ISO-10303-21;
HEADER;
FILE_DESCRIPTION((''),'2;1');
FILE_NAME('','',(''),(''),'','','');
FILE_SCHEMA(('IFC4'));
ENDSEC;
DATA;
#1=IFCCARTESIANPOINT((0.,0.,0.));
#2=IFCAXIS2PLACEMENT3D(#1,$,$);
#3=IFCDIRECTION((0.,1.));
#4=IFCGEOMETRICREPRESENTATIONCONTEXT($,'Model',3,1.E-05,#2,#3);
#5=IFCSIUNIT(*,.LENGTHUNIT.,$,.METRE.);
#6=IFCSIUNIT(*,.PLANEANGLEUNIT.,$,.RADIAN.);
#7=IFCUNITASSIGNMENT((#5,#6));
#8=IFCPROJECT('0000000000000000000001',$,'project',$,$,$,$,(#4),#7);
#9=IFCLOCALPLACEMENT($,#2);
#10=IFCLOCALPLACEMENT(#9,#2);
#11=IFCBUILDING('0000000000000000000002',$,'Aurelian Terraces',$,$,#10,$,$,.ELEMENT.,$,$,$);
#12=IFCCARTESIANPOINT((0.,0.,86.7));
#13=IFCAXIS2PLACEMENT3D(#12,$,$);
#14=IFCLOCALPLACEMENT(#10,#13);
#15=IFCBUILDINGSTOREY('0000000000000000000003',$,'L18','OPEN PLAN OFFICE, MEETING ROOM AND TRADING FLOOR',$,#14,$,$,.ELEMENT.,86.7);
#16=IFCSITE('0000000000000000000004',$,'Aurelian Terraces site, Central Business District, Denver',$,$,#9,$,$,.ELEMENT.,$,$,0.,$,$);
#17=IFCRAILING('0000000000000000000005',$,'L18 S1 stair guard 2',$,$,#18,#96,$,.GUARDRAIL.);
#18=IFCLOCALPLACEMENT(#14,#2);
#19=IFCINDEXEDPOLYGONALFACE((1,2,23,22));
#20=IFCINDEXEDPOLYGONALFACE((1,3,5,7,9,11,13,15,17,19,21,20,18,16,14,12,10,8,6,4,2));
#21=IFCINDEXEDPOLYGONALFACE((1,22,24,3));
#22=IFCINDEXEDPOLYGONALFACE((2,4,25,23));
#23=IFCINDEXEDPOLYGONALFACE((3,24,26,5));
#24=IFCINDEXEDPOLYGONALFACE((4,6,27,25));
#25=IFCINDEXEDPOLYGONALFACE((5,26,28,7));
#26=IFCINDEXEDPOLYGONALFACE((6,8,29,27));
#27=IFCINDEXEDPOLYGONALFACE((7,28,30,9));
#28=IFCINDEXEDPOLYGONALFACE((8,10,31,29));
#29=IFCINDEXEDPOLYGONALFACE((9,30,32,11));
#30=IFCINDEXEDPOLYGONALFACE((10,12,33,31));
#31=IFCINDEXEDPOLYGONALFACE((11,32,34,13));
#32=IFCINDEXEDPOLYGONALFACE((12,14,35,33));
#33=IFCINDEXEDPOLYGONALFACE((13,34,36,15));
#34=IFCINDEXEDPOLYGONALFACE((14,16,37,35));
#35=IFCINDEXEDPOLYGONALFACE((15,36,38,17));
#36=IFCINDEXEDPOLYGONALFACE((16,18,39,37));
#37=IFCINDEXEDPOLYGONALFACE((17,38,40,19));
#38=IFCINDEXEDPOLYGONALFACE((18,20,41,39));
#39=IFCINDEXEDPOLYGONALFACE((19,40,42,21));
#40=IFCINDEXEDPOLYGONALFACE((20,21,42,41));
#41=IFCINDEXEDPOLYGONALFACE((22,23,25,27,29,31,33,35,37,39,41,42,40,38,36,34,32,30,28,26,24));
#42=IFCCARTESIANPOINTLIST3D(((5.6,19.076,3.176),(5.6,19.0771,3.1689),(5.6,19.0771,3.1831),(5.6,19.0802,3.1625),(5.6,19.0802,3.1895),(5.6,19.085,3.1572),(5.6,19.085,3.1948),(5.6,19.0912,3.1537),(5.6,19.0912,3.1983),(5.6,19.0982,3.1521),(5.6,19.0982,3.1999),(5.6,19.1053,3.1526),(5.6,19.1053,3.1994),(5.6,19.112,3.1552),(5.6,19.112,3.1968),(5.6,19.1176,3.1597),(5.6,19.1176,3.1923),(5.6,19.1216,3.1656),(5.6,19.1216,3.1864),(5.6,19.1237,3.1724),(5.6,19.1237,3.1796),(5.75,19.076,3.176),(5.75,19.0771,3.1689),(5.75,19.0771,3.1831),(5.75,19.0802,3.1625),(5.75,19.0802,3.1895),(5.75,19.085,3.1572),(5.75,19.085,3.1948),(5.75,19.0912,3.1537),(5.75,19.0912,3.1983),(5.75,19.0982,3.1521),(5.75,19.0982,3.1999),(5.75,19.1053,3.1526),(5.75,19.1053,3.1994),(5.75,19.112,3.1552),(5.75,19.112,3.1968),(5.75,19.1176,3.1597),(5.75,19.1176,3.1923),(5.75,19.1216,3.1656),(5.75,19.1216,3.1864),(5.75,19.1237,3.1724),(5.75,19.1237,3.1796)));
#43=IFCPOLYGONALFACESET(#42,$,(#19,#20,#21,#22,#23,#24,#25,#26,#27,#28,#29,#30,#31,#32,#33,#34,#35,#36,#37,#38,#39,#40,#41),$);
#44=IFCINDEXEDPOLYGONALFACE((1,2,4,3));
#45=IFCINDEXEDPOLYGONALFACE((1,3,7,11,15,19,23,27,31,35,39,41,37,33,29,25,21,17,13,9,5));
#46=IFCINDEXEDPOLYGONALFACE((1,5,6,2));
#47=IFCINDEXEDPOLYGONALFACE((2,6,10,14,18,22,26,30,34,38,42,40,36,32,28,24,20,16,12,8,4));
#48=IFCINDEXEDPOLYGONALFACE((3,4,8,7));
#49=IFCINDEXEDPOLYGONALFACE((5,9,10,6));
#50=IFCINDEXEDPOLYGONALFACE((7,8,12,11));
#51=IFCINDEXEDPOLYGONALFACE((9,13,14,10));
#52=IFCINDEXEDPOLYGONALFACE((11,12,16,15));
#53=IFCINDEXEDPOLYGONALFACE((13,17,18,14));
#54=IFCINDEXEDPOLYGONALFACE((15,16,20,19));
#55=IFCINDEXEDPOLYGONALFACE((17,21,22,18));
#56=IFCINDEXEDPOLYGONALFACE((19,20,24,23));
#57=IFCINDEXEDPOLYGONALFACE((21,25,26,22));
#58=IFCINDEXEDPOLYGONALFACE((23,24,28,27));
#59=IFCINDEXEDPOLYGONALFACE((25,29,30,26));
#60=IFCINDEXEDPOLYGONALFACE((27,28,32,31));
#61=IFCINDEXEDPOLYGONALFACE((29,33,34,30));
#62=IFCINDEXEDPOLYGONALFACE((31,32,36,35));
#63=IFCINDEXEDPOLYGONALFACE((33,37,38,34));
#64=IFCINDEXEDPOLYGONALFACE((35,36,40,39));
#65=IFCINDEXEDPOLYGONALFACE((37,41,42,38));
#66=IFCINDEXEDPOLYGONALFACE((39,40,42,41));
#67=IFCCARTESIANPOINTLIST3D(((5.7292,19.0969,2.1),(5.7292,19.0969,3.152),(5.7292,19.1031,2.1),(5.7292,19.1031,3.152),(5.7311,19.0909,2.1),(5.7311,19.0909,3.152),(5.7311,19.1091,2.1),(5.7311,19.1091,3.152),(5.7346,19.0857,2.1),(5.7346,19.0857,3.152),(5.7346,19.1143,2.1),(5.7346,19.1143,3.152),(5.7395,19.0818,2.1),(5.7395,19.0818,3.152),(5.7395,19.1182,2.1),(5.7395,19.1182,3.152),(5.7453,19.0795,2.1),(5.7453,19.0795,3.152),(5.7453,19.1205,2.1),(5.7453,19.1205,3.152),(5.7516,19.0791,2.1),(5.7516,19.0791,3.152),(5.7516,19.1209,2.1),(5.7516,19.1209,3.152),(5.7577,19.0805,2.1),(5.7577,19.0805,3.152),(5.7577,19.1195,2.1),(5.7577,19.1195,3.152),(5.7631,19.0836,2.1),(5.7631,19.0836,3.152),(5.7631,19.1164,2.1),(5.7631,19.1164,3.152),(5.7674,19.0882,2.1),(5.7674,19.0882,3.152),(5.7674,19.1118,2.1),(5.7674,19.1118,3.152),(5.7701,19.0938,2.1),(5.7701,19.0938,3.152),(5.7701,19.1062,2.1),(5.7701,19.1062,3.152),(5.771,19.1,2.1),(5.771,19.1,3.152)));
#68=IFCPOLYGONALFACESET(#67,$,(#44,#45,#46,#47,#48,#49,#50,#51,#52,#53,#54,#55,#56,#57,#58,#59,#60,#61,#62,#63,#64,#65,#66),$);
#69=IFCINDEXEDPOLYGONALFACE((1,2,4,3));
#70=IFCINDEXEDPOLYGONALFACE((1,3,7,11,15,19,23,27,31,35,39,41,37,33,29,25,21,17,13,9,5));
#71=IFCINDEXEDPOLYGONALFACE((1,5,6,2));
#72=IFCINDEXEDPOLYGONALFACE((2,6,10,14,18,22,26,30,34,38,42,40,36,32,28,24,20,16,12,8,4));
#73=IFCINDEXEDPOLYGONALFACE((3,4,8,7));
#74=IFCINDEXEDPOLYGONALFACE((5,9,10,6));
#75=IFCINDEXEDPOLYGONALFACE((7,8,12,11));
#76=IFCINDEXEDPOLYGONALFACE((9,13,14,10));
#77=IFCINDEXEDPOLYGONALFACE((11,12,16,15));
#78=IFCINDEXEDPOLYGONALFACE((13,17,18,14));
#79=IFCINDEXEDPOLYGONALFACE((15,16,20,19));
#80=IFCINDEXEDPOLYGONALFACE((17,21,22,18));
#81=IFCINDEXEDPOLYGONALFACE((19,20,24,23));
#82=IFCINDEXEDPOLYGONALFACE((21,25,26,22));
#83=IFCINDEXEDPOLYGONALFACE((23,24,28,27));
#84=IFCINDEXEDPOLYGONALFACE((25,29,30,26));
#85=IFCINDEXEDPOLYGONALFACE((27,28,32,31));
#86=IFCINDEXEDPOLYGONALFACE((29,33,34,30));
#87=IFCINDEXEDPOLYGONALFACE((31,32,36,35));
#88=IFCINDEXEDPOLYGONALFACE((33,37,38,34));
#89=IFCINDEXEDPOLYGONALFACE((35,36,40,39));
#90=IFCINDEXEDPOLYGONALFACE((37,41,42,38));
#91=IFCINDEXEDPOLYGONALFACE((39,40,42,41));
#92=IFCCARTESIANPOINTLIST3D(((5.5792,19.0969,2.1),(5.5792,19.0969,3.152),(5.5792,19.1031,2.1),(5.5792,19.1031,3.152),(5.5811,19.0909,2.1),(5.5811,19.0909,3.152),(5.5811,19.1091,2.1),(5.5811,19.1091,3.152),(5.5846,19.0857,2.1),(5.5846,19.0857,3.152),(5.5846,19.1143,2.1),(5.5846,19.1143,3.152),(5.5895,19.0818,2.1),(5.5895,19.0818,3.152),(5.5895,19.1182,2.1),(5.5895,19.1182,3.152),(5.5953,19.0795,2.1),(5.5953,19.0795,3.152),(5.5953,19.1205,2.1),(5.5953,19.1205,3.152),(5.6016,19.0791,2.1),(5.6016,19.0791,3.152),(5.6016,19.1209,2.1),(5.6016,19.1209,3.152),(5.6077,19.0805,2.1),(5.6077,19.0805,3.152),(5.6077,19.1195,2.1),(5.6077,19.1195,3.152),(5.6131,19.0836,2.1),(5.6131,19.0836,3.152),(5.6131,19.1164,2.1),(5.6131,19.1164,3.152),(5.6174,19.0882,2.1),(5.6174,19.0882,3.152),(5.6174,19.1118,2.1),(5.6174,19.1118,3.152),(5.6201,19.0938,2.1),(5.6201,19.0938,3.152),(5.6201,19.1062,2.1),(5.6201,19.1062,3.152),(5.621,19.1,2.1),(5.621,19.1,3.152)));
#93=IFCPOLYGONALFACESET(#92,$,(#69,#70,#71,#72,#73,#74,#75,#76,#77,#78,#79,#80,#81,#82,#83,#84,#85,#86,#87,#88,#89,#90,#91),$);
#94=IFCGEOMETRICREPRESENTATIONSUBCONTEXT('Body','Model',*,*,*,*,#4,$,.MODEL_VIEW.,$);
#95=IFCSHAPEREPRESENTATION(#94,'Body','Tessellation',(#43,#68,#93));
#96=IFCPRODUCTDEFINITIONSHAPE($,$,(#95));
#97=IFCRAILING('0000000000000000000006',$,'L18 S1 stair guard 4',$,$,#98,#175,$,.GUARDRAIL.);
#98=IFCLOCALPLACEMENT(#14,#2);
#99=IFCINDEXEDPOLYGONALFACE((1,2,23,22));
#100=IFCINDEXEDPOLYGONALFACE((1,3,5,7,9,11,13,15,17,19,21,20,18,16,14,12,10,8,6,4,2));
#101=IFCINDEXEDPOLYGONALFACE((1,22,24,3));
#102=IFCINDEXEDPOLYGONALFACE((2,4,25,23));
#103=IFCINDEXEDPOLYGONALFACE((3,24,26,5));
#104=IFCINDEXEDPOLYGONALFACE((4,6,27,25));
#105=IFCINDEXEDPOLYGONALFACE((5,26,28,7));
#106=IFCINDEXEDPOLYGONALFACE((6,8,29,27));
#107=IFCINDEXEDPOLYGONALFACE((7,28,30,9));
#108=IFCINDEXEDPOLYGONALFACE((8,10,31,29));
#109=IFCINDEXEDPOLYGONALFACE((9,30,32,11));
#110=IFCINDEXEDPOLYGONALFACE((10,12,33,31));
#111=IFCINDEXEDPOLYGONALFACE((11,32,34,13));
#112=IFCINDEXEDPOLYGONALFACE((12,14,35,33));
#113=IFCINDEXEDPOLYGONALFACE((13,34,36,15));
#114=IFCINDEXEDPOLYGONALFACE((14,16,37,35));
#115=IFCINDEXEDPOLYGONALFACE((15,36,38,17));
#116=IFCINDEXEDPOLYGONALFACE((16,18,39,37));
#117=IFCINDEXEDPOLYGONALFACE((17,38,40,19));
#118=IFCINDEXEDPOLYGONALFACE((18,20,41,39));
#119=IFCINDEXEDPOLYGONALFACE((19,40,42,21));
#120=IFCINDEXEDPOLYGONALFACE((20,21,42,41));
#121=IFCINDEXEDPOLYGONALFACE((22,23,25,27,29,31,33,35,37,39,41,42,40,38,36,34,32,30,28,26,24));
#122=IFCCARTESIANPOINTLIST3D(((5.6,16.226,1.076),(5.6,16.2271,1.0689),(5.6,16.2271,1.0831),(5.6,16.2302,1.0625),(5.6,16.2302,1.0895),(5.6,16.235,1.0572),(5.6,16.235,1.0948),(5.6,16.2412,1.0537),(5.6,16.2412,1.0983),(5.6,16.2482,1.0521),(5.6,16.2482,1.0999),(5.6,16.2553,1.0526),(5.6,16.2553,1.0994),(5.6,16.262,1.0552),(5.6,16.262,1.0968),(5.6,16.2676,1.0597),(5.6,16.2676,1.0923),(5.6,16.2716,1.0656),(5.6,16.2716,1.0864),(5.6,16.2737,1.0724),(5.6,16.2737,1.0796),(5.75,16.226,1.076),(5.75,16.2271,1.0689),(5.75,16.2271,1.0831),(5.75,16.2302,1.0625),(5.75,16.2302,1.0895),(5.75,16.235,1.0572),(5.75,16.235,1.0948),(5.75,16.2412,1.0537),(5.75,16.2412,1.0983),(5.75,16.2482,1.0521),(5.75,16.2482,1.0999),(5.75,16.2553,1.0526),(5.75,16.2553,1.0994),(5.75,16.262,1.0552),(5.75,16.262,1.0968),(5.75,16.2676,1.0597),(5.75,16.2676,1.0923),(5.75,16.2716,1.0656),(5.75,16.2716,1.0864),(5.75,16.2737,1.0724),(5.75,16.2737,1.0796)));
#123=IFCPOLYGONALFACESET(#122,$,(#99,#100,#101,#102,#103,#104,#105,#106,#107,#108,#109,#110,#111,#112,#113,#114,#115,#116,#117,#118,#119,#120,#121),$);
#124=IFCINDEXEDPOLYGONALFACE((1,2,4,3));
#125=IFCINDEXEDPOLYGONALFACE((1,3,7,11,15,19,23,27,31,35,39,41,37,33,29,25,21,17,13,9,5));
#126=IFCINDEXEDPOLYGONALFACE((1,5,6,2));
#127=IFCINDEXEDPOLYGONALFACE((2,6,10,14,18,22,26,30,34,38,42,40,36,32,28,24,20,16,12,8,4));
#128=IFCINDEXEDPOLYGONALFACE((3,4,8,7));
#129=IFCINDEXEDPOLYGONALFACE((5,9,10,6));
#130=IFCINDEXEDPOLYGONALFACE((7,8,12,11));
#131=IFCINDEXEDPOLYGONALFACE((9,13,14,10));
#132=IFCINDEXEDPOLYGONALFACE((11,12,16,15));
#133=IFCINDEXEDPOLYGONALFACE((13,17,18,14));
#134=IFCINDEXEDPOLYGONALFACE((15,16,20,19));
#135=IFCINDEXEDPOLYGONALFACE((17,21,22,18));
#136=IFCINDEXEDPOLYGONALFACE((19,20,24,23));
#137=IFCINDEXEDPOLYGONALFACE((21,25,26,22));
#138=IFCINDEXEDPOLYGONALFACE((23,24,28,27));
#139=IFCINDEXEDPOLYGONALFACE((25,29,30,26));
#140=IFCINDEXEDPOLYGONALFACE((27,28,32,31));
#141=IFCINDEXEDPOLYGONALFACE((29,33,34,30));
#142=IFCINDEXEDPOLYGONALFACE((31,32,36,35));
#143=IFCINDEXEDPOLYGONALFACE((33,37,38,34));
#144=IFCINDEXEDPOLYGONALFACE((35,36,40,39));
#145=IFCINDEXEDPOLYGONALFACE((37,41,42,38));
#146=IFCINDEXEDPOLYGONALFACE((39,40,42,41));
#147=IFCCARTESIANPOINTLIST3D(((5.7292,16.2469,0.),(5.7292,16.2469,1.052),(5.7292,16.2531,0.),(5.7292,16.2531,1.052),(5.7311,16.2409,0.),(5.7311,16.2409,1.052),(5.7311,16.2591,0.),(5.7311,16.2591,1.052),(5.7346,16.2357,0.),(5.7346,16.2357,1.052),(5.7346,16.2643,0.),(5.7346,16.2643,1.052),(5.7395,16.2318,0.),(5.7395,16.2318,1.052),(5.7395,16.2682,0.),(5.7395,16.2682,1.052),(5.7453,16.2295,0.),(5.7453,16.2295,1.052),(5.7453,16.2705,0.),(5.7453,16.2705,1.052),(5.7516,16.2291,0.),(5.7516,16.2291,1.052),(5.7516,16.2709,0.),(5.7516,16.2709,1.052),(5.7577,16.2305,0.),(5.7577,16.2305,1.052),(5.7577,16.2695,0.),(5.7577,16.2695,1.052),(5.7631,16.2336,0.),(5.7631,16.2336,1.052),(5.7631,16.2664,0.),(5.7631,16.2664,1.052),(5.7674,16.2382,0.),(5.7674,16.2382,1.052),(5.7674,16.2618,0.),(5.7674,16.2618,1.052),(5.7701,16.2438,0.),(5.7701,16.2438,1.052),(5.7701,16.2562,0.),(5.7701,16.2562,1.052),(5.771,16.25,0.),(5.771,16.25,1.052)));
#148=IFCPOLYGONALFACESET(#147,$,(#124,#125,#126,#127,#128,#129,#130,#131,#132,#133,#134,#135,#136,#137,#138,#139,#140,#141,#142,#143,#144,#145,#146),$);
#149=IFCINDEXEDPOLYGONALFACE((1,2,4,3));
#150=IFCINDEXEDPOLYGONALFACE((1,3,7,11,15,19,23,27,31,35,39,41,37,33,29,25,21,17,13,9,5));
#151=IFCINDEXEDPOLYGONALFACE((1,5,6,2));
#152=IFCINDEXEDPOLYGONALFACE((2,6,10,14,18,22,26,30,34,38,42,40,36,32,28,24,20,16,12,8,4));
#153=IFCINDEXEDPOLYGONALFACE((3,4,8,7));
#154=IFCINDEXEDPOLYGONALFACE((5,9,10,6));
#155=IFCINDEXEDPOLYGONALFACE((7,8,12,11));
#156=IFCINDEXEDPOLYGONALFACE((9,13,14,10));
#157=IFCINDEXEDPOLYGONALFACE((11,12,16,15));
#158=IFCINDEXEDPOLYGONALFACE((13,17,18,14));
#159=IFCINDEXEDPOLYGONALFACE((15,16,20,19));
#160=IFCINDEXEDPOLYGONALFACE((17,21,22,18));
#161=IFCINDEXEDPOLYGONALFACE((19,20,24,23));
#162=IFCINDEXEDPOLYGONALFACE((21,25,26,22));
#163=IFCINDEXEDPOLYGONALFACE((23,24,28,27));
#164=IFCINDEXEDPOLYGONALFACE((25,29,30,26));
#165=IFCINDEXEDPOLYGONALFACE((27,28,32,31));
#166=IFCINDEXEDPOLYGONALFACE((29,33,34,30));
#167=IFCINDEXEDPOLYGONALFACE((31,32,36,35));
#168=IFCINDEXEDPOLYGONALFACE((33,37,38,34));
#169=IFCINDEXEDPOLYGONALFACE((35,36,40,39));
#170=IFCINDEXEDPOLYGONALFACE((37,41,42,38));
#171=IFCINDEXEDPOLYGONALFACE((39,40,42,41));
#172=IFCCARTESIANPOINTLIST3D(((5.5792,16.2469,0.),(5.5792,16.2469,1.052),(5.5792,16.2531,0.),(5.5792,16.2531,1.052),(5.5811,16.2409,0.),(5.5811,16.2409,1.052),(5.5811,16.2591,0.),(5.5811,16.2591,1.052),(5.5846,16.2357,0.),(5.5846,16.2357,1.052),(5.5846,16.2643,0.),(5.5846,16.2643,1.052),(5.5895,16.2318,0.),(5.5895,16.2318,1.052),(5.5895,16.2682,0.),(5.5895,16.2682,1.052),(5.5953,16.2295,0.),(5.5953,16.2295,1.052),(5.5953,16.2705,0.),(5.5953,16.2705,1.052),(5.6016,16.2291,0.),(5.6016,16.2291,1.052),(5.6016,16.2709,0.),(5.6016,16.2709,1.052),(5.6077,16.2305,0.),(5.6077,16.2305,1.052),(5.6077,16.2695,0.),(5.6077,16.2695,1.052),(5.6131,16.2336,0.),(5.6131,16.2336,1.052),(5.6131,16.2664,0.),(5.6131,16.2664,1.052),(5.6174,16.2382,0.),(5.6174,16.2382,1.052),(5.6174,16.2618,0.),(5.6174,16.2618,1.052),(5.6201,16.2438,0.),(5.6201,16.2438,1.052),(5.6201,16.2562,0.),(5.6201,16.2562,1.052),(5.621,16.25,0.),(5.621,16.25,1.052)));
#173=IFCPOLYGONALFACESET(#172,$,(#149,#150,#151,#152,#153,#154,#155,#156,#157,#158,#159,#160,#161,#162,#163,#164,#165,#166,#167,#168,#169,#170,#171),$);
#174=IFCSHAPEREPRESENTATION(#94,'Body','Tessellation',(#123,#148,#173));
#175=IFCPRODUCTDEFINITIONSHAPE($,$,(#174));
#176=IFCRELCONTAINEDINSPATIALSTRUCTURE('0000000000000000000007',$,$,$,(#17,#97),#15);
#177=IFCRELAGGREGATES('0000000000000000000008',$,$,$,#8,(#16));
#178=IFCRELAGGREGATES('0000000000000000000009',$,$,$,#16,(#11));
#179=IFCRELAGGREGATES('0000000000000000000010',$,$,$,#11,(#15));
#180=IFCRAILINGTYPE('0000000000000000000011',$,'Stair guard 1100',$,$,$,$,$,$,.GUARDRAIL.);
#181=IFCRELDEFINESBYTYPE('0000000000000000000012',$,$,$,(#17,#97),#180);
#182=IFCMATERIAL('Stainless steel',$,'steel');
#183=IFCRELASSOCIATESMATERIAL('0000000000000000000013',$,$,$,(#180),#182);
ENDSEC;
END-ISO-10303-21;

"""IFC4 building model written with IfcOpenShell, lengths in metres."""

from ifc_helpers import new_model, si_unit, direction, frame, origin, origin_2d, place, context, subcontext, project, spatial, circle, extrude, source, transform, mapped, material, type_object, element, save


model = new_model("IFC4")

# Units and contexts
model_context = context("Model", 3, precision=1e-05, world=origin(), true_north=direction((0.0, 1.0)))
body_context = subcontext(model_context, "Body", "Model", "MODEL_VIEW")
ifc_project = project(units=[si_unit("LENGTHUNIT", "METRE"), si_unit("PLANEANGLEUNIT", "RADIAN")], contexts=[model_context])

# Site, building, storey
site_placement = place(None, origin())
site = spatial("IfcSite", under=ifc_project, at=site_placement, Name="Aurelian Terraces site, Central Business District, Denver", CompositionType="ELEMENT", RefElevation=0.0)
building_placement = place(site_placement, origin())
building = spatial("IfcBuilding", under=site, at=building_placement, Name="Aurelian Terraces", CompositionType="ELEMENT")
storey_placement = place(building_placement, frame((0.0, 0.0, 86.7)))
storey = spatial("IfcBuildingStorey", under=building, at=storey_placement, Name="L18", Description="OPEN PLAN OFFICE, MEETING ROOM AND TRADING FLOOR", CompositionType="ELEMENT", Elevation=86.7)

# Railings
ifc_material_1 = material(Name="Stainless steel", Category="steel")
railing_type_1 = type_object("IfcRailingType", Name="Stair guard 1100", PredefinedType="GUARDRAIL", material=ifc_material_1)
shared_shape_1 = source(origin(), body_context, "Body", "SweptSolid", [
    extrude(circle(Radius=0.024, at=origin_2d()), frame((0.0, 0.0, 1.076), z_axis=(-1.0, 0.0, 0.0), x_axis=(0.0, -1.0, 0.0)), (0.0, 0.0, 1.0), 0.15),
    extrude(circle(Radius=0.021, at=origin_2d()), origin(), (0.0, 0.0, 1.0), 1.052),
    extrude(circle(Radius=0.021, at=origin_2d()), frame((-0.15, 0.0, 0.0)), (0.0, 0.0, 1.0), 1.052),
])
for number, where, name in (
    (1, (5.75, 19.1, 2.1), "L18 S1 stair guard 2"),
    (2, (5.75, 16.25, 0.0), "L18 S1 stair guard 4"),
):
    element("IfcRailing", number, at=place(storey_placement, frame(where)), inside=storey, type_object=railing_type_1, Name=name, PredefinedType="GUARDRAIL", context=body_context, shape_type="MappedRepresentation", body=[
        mapped(shared_shape_1, transform((0.0, 0.0, 0.0), scale=1.0)),
    ])

save(model, "model.ifc")
